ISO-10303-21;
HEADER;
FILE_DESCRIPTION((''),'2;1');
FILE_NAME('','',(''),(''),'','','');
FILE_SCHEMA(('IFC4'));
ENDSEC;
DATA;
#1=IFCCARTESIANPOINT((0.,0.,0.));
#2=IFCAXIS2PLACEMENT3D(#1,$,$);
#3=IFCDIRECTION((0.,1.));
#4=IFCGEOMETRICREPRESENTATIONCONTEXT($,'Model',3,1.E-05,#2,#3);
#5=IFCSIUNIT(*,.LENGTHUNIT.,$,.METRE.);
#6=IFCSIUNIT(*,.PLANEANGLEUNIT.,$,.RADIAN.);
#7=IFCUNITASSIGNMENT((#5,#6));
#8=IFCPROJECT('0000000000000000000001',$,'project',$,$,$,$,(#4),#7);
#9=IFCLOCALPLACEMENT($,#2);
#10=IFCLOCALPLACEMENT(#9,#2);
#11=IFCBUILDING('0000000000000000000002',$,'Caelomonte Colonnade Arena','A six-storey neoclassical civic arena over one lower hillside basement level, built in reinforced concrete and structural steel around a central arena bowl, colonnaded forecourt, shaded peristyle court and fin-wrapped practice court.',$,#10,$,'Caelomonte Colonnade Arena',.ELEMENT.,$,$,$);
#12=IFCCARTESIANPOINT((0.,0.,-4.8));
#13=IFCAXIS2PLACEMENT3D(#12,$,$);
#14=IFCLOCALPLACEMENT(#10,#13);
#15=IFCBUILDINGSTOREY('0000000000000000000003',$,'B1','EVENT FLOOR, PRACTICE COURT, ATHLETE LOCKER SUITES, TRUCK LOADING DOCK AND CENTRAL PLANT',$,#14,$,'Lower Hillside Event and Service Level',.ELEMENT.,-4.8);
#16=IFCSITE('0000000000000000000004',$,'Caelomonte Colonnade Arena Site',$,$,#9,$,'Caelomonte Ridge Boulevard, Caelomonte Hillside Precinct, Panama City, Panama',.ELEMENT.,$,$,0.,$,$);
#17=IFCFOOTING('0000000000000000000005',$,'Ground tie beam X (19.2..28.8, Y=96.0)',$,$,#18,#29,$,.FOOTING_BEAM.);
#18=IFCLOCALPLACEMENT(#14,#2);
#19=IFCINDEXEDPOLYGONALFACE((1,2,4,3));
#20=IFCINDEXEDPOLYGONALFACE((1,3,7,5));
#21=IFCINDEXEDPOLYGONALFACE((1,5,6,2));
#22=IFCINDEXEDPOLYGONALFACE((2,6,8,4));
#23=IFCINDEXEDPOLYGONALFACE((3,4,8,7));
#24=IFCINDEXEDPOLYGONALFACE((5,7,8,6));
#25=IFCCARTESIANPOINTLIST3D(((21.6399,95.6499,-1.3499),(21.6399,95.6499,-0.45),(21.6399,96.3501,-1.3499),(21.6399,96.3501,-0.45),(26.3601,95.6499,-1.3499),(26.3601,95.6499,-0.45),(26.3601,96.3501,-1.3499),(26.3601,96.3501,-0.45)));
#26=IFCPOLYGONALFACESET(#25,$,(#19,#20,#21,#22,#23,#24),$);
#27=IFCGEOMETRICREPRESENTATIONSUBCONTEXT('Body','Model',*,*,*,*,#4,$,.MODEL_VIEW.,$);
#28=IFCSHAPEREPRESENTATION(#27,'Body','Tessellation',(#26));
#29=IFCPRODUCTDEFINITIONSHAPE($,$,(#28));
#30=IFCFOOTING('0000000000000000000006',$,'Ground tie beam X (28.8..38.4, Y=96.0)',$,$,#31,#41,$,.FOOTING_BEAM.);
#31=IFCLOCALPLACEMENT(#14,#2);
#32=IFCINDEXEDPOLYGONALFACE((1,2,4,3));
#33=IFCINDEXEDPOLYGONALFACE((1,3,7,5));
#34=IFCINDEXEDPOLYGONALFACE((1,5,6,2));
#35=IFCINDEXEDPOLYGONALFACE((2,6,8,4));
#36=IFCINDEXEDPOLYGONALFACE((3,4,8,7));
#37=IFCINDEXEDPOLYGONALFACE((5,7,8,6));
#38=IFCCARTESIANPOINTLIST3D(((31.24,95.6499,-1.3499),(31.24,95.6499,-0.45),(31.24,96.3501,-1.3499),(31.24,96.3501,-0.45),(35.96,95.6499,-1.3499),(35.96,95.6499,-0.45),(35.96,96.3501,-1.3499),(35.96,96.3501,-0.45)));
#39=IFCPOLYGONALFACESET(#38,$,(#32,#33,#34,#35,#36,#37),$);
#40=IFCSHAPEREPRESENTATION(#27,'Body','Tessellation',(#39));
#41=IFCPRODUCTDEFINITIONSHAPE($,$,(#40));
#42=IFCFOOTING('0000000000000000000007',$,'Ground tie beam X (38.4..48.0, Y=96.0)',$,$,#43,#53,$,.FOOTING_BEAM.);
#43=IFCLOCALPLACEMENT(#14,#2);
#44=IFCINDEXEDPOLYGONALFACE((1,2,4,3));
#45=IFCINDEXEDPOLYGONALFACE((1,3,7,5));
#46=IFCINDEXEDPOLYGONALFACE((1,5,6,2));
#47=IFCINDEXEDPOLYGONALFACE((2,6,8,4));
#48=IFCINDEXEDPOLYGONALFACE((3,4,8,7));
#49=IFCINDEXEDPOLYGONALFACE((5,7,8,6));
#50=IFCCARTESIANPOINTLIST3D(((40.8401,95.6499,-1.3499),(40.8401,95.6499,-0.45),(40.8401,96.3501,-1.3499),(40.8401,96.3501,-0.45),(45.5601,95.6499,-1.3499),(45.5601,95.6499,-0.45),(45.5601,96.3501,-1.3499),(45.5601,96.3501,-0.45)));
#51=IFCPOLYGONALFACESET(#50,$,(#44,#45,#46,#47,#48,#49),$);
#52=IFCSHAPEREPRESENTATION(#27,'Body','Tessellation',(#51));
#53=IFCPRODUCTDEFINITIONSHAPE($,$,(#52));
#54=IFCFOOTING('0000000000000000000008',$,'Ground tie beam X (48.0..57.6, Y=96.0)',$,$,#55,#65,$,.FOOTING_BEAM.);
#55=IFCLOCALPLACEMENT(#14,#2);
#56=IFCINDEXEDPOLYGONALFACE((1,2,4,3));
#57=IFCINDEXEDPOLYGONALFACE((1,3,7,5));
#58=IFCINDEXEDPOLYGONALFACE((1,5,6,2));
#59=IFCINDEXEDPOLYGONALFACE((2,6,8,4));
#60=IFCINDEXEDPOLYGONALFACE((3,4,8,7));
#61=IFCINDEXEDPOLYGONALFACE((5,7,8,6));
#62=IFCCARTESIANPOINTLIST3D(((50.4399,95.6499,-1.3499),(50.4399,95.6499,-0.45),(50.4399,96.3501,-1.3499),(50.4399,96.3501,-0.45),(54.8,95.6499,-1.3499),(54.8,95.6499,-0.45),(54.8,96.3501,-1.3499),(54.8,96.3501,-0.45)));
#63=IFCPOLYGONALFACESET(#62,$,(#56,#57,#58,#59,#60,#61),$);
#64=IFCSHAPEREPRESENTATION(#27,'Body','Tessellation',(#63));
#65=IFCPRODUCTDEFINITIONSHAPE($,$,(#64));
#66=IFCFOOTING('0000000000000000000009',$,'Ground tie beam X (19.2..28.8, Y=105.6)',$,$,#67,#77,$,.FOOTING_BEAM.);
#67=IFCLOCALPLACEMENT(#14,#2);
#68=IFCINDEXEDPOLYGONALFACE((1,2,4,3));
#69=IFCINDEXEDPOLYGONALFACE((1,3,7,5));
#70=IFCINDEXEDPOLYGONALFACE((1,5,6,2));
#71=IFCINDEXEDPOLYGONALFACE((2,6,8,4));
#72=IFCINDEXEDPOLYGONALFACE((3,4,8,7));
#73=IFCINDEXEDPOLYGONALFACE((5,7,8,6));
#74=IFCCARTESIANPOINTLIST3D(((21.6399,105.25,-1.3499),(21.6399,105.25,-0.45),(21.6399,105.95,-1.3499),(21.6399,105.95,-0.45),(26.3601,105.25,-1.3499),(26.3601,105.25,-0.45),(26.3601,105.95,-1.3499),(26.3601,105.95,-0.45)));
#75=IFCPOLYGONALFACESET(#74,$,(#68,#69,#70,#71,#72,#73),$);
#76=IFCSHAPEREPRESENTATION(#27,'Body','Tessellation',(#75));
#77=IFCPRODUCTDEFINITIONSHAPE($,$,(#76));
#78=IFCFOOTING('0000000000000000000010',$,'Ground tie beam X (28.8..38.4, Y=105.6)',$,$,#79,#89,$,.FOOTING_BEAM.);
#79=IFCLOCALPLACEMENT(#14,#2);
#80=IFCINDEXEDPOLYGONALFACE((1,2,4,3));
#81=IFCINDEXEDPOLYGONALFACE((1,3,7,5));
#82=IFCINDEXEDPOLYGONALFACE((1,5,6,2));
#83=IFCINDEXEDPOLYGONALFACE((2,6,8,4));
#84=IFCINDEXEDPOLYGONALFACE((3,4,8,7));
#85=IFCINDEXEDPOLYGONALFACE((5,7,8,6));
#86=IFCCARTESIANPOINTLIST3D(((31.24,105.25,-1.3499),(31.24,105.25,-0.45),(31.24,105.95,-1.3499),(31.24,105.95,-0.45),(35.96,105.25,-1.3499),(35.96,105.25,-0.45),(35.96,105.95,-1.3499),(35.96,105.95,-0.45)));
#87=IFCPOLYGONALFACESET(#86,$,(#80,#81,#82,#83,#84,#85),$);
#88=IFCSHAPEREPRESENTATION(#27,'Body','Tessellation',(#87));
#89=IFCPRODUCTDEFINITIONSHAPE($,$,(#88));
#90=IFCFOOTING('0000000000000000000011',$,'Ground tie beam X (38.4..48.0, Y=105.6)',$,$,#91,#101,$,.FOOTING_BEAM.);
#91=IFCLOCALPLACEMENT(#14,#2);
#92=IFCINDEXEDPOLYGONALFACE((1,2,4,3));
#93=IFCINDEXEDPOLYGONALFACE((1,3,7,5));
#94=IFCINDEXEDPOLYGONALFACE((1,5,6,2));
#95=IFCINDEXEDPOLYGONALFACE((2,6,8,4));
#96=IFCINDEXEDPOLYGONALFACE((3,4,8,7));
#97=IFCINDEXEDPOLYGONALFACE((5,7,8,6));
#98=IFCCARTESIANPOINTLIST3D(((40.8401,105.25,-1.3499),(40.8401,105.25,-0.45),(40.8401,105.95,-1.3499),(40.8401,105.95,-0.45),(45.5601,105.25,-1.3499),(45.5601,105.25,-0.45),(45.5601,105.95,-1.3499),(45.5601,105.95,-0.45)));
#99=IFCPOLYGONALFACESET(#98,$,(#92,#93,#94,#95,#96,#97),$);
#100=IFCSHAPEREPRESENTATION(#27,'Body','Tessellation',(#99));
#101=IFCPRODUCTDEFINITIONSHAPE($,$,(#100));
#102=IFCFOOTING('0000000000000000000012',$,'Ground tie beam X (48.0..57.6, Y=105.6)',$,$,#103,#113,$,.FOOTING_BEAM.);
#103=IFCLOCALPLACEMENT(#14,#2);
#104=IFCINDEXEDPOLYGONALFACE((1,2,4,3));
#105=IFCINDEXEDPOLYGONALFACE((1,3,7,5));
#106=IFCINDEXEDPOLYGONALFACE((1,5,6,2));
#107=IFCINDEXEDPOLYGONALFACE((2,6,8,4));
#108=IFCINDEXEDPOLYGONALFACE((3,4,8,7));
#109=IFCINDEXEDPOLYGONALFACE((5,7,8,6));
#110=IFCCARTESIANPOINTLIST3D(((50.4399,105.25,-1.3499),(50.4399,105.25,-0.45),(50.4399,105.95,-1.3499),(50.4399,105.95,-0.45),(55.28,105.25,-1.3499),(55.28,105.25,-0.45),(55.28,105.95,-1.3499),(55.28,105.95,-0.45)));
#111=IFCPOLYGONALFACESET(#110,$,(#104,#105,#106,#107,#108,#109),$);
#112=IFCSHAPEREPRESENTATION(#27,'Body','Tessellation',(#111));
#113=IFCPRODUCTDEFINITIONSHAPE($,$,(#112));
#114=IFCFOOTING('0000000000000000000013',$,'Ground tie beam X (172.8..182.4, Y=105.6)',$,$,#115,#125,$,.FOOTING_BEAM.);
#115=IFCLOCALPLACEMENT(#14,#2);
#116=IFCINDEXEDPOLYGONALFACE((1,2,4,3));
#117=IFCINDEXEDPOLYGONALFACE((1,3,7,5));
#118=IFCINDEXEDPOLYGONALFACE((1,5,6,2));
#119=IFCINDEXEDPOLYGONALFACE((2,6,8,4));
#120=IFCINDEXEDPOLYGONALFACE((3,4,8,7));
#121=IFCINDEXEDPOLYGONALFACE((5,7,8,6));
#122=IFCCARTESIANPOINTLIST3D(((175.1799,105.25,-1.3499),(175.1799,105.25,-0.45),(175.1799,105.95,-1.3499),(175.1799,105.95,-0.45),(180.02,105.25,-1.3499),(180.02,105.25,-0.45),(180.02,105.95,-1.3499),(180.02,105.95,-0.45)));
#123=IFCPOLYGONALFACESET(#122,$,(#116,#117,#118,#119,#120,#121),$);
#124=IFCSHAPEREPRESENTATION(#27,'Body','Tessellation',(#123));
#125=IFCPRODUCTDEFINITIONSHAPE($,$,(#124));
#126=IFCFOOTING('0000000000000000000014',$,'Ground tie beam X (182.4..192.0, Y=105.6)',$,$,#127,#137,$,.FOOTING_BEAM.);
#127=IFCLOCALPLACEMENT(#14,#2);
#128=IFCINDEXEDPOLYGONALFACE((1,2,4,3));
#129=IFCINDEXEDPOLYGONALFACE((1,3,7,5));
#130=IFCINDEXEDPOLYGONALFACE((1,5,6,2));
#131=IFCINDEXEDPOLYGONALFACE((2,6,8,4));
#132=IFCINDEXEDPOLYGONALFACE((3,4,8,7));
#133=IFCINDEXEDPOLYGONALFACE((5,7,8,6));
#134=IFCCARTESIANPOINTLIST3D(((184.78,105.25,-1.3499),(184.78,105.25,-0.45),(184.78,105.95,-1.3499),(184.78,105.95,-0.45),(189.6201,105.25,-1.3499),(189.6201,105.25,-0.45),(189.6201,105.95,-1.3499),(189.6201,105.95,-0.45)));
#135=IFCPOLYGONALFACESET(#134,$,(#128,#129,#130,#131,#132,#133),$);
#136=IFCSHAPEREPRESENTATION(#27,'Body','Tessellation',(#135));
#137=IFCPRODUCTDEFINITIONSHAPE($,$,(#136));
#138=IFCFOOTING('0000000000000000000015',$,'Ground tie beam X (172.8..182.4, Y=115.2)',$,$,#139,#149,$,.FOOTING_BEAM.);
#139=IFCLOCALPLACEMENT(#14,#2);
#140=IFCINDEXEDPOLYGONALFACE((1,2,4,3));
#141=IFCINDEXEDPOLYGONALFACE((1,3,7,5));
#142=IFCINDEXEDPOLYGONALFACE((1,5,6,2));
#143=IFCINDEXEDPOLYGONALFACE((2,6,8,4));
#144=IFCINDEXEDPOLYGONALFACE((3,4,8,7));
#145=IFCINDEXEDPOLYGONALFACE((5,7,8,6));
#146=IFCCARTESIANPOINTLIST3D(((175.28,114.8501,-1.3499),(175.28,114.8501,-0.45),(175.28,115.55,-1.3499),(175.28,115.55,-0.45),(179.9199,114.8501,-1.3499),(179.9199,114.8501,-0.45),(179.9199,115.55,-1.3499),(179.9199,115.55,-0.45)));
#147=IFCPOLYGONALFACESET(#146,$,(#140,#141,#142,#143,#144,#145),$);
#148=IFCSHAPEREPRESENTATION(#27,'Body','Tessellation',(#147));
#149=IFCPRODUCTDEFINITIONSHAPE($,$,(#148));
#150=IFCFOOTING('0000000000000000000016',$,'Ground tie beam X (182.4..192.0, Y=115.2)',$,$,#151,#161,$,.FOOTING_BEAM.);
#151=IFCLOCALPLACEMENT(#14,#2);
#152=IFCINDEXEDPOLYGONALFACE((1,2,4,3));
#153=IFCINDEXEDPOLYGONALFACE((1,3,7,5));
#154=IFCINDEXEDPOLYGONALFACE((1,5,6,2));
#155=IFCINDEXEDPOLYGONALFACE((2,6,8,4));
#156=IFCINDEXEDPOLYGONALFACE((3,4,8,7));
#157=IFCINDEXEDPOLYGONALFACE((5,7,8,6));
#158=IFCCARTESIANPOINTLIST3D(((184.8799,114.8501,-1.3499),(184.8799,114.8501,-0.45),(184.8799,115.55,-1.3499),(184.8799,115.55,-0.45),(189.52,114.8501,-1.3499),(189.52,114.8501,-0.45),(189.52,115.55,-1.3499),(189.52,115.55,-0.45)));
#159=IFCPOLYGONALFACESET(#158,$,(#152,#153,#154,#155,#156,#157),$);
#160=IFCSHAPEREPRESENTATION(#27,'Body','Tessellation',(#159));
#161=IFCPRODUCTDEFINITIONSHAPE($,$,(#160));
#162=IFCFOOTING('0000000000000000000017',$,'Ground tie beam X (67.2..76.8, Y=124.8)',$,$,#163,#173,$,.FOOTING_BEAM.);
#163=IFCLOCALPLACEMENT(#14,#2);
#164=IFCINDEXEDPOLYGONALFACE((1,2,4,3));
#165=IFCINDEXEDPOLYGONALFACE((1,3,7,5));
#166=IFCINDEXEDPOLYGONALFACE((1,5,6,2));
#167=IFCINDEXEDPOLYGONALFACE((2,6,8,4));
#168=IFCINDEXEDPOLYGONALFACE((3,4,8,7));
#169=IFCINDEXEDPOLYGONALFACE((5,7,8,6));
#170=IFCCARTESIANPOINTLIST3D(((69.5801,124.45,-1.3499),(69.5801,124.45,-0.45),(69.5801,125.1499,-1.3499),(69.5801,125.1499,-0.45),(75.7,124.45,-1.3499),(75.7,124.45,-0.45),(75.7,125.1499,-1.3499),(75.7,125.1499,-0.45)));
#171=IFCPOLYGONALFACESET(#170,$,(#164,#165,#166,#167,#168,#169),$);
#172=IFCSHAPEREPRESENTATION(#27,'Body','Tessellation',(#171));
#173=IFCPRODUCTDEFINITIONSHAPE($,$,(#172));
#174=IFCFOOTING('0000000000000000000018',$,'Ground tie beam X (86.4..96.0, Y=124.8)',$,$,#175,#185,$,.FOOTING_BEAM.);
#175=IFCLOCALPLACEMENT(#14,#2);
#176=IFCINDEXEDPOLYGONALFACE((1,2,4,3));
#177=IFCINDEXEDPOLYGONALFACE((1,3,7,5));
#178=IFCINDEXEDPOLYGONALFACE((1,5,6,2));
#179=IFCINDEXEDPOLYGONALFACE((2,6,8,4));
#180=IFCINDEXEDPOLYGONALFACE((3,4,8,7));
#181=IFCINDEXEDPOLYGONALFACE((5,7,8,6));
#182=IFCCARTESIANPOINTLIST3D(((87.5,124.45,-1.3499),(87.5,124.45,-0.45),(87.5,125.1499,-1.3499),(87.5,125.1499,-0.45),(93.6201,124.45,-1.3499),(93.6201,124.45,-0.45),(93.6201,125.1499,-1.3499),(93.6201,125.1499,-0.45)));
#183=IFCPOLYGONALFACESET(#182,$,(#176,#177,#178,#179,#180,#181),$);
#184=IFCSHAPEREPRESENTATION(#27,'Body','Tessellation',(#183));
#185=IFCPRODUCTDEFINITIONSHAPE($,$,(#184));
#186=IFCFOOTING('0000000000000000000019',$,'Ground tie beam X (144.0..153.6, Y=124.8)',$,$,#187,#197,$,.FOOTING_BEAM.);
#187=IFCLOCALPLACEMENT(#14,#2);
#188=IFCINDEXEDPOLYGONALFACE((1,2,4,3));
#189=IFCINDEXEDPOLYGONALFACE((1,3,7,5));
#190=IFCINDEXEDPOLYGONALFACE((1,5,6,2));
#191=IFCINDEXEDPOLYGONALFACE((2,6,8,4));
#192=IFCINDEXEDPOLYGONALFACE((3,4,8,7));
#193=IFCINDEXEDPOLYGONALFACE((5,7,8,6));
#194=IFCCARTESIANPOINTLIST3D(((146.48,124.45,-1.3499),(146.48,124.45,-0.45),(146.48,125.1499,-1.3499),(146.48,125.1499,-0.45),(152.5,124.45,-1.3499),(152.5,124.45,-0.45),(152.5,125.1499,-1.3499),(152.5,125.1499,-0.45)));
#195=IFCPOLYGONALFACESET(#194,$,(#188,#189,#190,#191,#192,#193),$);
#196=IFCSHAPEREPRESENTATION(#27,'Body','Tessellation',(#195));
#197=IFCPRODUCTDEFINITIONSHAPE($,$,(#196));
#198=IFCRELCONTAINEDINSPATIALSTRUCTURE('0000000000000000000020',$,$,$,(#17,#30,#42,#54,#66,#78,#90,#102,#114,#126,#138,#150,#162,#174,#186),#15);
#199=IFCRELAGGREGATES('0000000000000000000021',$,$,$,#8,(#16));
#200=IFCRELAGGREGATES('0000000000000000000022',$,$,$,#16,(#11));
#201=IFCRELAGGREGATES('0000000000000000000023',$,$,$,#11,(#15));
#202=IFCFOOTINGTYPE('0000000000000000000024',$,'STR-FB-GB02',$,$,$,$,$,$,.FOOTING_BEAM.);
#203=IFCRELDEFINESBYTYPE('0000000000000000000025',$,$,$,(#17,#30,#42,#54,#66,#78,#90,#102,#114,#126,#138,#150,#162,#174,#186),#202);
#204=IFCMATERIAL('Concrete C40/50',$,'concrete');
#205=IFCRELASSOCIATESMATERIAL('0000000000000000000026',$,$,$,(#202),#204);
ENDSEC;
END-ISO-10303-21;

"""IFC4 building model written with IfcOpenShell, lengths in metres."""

from ifc_helpers import new_model, si_unit, direction, frame, origin, place, context, subcontext, project, spatial, polyline, outline, extrude, material, type_object, element, save


model = new_model("IFC4")

# Units and contexts
model_context = context("Model", 3, precision=1e-05, world=origin(), true_north=direction((0.0, 1.0)))
body_context = subcontext(model_context, "Body", "Model", "MODEL_VIEW")
ifc_project = project(units=[si_unit("LENGTHUNIT", "METRE"), si_unit("PLANEANGLEUNIT", "RADIAN")], contexts=[model_context])

# Site, building, storey
site_placement = place(None, origin())
site = spatial("IfcSite", under=ifc_project, at=site_placement, Name="Caelomonte Colonnade Arena Site", LongName="Caelomonte Ridge Boulevard, Caelomonte Hillside Precinct, Panama City, Panama", CompositionType="ELEMENT", RefElevation=0.0)
building_placement = place(site_placement, origin())
building = spatial("IfcBuilding", under=site, at=building_placement, Name="Caelomonte Colonnade Arena", Description="A six-storey neoclassical civic arena over one lower hillside basement level, built in reinforced concrete and structural steel around a central arena bowl, colonnaded forecourt, shaded peristyle court and fin-wrapped practice court.", LongName="Caelomonte Colonnade Arena", CompositionType="ELEMENT")
storey_placement = place(building_placement, frame((0.0, 0.0, -4.8)))
storey = spatial("IfcBuildingStorey", under=building, at=storey_placement, Name="B1", Description="EVENT FLOOR, PRACTICE COURT, ATHLETE LOCKER SUITES, TRUCK LOADING DOCK AND CENTRAL PLANT", LongName="Lower Hillside Event and Service Level", CompositionType="ELEMENT", Elevation=-4.8)

# Footings
ifc_material = material(Name="Concrete C40/50", Category="concrete")
footing_type = type_object("IfcFootingType", Name="STR-FB-GB02", PredefinedType="FOOTING_BEAM", material=ifc_material)
footing_1_placement = place(storey_placement, frame((0.0, 0.0, -1.3499)))
element("IfcFooting", 1, at=footing_1_placement, inside=storey, type_object=footing_type, Name="Ground tie beam X (19.2..28.8, Y=96.0)", PredefinedType="FOOTING_BEAM", context=body_context, shape_type="SweptSolid", body=[
    extrude(outline(polyline([(21.6399, 95.6499), (26.3601, 95.6499), (26.3601, 96.3501), (21.6399, 96.3501), (21.6399, 95.6499)])), origin(), (0.0, 0.0, 1.0), 0.8999),
])
footing_2_placement = place(storey_placement, frame((0.0, 0.0, -1.3499)))
element("IfcFooting", 2, at=footing_2_placement, inside=storey, type_object=footing_type, Name="Ground tie beam X (28.8..38.4, Y=96.0)", PredefinedType="FOOTING_BEAM", context=body_context, shape_type="SweptSolid", body=[
    extrude(outline(polyline([(31.24, 95.6499), (35.96, 95.6499), (35.96, 96.3501), (31.24, 96.3501), (31.24, 95.6499)])), origin(), (0.0, 0.0, 1.0), 0.8999),
])
footing_3_placement = place(storey_placement, frame((0.0, 0.0, -1.3499)))
element("IfcFooting", 3, at=footing_3_placement, inside=storey, type_object=footing_type, Name="Ground tie beam X (38.4..48.0, Y=96.0)", PredefinedType="FOOTING_BEAM", context=body_context, shape_type="SweptSolid", body=[
    extrude(outline(polyline([(40.8401, 95.6499), (45.5601, 95.6499), (45.5601, 96.3501), (40.8401, 96.3501), (40.8401, 95.6499)])), origin(), (0.0, 0.0, 1.0), 0.8999),
])
footing_4_placement = place(storey_placement, frame((0.0, 0.0, -1.3499)))
element("IfcFooting", 4, at=footing_4_placement, inside=storey, type_object=footing_type, Name="Ground tie beam X (48.0..57.6, Y=96.0)", PredefinedType="FOOTING_BEAM", context=body_context, shape_type="SweptSolid", body=[
    extrude(outline(polyline([(50.4399, 95.6499), (54.8, 95.6499), (54.8, 96.3501), (50.4399, 96.3501), (50.4399, 95.6499)])), origin(), (0.0, 0.0, 1.0), 0.8999),
])
footing_5_placement = place(storey_placement, frame((0.0, 0.0, -1.3499)))
element("IfcFooting", 5, at=footing_5_placement, inside=storey, type_object=footing_type, Name="Ground tie beam X (19.2..28.8, Y=105.6)", PredefinedType="FOOTING_BEAM", context=body_context, shape_type="SweptSolid", body=[
    extrude(outline(polyline([(21.6399, 105.25), (26.3601, 105.25), (26.3601, 105.95), (21.6399, 105.95), (21.6399, 105.25)])), origin(), (0.0, 0.0, 1.0), 0.8999),
])
footing_6_placement = place(storey_placement, frame((0.0, 0.0, -1.3499)))
element("IfcFooting", 6, at=footing_6_placement, inside=storey, type_object=footing_type, Name="Ground tie beam X (28.8..38.4, Y=105.6)", PredefinedType="FOOTING_BEAM", context=body_context, shape_type="SweptSolid", body=[
    extrude(outline(polyline([(31.24, 105.25), (35.96, 105.25), (35.96, 105.95), (31.24, 105.95), (31.24, 105.25)])), origin(), (0.0, 0.0, 1.0), 0.8999),
])
footing_7_placement = place(storey_placement, frame((0.0, 0.0, -1.3499)))
element("IfcFooting", 7, at=footing_7_placement, inside=storey, type_object=footing_type, Name="Ground tie beam X (38.4..48.0, Y=105.6)", PredefinedType="FOOTING_BEAM", context=body_context, shape_type="SweptSolid", body=[
    extrude(outline(polyline([(40.8401, 105.25), (45.5601, 105.25), (45.5601, 105.95), (40.8401, 105.95), (40.8401, 105.25)])), origin(), (0.0, 0.0, 1.0), 0.8999),
])
footing_8_placement = place(storey_placement, frame((0.0, 0.0, -1.3499)))
element("IfcFooting", 8, at=footing_8_placement, inside=storey, type_object=footing_type, Name="Ground tie beam X (48.0..57.6, Y=105.6)", PredefinedType="FOOTING_BEAM", context=body_context, shape_type="SweptSolid", body=[
    extrude(outline(polyline([(50.4399, 105.25), (55.28, 105.25), (55.28, 105.95), (50.4399, 105.95), (50.4399, 105.25)])), origin(), (0.0, 0.0, 1.0), 0.8999),
])
footing_9_placement = place(storey_placement, frame((0.0, 0.0, -1.3499)))
element("IfcFooting", 9, at=footing_9_placement, inside=storey, type_object=footing_type, Name="Ground tie beam X (172.8..182.4, Y=105.6)", PredefinedType="FOOTING_BEAM", context=body_context, shape_type="SweptSolid", body=[
    extrude(outline(polyline([(175.1799, 105.25), (180.02, 105.25), (180.02, 105.95), (175.1799, 105.95), (175.1799, 105.25)])), origin(), (0.0, 0.0, 1.0), 0.8999),
])
footing_10_placement = place(storey_placement, frame((0.0, 0.0, -1.3499)))
element("IfcFooting", 10, at=footing_10_placement, inside=storey, type_object=footing_type, Name="Ground tie beam X (182.4..192.0, Y=105.6)", PredefinedType="FOOTING_BEAM", context=body_context, shape_type="SweptSolid", body=[
    extrude(outline(polyline([(184.78, 105.25), (189.6201, 105.25), (189.6201, 105.95), (184.78, 105.95), (184.78, 105.25)])), origin(), (0.0, 0.0, 1.0), 0.8999),
])
footing_11_placement = place(storey_placement, frame((0.0, 0.0, -1.3499)))
element("IfcFooting", 11, at=footing_11_placement, inside=storey, type_object=footing_type, Name="Ground tie beam X (172.8..182.4, Y=115.2)", PredefinedType="FOOTING_BEAM", context=body_context, shape_type="SweptSolid", body=[
    extrude(outline(polyline([(175.28, 114.8501), (179.9199, 114.8501), (179.9199, 115.55), (175.28, 115.55), (175.28, 114.8501)])), origin(), (0.0, 0.0, 1.0), 0.8999),
])
footing_12_placement = place(storey_placement, frame((0.0, 0.0, -1.3499)))
element("IfcFooting", 12, at=footing_12_placement, inside=storey, type_object=footing_type, Name="Ground tie beam X (182.4..192.0, Y=115.2)", PredefinedType="FOOTING_BEAM", context=body_context, shape_type="SweptSolid", body=[
    extrude(outline(polyline([(184.8799, 114.8501), (189.52, 114.8501), (189.52, 115.55), (184.8799, 115.55), (184.8799, 114.8501)])), origin(), (0.0, 0.0, 1.0), 0.8999),
])
footing_13_placement = place(storey_placement, frame((0.0, 0.0, -1.3499)))
element("IfcFooting", 13, at=footing_13_placement, inside=storey, type_object=footing_type, Name="Ground tie beam X (67.2..76.8, Y=124.8)", PredefinedType="FOOTING_BEAM", context=body_context, shape_type="SweptSolid", body=[
    extrude(outline(polyline([(69.5801, 124.45), (75.7, 124.45), (75.7, 125.1499), (69.5801, 125.1499), (69.5801, 124.45)])), origin(), (0.0, 0.0, 1.0), 0.8999),
])
footing_14_placement = place(storey_placement, frame((0.0, 0.0, -1.3499)))
element("IfcFooting", 14, at=footing_14_placement, inside=storey, type_object=footing_type, Name="Ground tie beam X (86.4..96.0, Y=124.8)", PredefinedType="FOOTING_BEAM", context=body_context, shape_type="SweptSolid", body=[
    extrude(outline(polyline([(87.5, 124.45), (93.6201, 124.45), (93.6201, 125.1499), (87.5, 125.1499), (87.5, 124.45)])), origin(), (0.0, 0.0, 1.0), 0.8999),
])
footing_15_placement = place(storey_placement, frame((0.0, 0.0, -1.3499)))
element("IfcFooting", 15, at=footing_15_placement, inside=storey, type_object=footing_type, Name="Ground tie beam X (144.0..153.6, Y=124.8)", PredefinedType="FOOTING_BEAM", context=body_context, shape_type="SweptSolid", body=[
    extrude(outline(polyline([(146.48, 124.45), (152.5, 124.45), (152.5, 125.1499), (146.48, 125.1499), (146.48, 124.45)])), origin(), (0.0, 0.0, 1.0), 0.8999),
])

save(model, "model.ifc")
